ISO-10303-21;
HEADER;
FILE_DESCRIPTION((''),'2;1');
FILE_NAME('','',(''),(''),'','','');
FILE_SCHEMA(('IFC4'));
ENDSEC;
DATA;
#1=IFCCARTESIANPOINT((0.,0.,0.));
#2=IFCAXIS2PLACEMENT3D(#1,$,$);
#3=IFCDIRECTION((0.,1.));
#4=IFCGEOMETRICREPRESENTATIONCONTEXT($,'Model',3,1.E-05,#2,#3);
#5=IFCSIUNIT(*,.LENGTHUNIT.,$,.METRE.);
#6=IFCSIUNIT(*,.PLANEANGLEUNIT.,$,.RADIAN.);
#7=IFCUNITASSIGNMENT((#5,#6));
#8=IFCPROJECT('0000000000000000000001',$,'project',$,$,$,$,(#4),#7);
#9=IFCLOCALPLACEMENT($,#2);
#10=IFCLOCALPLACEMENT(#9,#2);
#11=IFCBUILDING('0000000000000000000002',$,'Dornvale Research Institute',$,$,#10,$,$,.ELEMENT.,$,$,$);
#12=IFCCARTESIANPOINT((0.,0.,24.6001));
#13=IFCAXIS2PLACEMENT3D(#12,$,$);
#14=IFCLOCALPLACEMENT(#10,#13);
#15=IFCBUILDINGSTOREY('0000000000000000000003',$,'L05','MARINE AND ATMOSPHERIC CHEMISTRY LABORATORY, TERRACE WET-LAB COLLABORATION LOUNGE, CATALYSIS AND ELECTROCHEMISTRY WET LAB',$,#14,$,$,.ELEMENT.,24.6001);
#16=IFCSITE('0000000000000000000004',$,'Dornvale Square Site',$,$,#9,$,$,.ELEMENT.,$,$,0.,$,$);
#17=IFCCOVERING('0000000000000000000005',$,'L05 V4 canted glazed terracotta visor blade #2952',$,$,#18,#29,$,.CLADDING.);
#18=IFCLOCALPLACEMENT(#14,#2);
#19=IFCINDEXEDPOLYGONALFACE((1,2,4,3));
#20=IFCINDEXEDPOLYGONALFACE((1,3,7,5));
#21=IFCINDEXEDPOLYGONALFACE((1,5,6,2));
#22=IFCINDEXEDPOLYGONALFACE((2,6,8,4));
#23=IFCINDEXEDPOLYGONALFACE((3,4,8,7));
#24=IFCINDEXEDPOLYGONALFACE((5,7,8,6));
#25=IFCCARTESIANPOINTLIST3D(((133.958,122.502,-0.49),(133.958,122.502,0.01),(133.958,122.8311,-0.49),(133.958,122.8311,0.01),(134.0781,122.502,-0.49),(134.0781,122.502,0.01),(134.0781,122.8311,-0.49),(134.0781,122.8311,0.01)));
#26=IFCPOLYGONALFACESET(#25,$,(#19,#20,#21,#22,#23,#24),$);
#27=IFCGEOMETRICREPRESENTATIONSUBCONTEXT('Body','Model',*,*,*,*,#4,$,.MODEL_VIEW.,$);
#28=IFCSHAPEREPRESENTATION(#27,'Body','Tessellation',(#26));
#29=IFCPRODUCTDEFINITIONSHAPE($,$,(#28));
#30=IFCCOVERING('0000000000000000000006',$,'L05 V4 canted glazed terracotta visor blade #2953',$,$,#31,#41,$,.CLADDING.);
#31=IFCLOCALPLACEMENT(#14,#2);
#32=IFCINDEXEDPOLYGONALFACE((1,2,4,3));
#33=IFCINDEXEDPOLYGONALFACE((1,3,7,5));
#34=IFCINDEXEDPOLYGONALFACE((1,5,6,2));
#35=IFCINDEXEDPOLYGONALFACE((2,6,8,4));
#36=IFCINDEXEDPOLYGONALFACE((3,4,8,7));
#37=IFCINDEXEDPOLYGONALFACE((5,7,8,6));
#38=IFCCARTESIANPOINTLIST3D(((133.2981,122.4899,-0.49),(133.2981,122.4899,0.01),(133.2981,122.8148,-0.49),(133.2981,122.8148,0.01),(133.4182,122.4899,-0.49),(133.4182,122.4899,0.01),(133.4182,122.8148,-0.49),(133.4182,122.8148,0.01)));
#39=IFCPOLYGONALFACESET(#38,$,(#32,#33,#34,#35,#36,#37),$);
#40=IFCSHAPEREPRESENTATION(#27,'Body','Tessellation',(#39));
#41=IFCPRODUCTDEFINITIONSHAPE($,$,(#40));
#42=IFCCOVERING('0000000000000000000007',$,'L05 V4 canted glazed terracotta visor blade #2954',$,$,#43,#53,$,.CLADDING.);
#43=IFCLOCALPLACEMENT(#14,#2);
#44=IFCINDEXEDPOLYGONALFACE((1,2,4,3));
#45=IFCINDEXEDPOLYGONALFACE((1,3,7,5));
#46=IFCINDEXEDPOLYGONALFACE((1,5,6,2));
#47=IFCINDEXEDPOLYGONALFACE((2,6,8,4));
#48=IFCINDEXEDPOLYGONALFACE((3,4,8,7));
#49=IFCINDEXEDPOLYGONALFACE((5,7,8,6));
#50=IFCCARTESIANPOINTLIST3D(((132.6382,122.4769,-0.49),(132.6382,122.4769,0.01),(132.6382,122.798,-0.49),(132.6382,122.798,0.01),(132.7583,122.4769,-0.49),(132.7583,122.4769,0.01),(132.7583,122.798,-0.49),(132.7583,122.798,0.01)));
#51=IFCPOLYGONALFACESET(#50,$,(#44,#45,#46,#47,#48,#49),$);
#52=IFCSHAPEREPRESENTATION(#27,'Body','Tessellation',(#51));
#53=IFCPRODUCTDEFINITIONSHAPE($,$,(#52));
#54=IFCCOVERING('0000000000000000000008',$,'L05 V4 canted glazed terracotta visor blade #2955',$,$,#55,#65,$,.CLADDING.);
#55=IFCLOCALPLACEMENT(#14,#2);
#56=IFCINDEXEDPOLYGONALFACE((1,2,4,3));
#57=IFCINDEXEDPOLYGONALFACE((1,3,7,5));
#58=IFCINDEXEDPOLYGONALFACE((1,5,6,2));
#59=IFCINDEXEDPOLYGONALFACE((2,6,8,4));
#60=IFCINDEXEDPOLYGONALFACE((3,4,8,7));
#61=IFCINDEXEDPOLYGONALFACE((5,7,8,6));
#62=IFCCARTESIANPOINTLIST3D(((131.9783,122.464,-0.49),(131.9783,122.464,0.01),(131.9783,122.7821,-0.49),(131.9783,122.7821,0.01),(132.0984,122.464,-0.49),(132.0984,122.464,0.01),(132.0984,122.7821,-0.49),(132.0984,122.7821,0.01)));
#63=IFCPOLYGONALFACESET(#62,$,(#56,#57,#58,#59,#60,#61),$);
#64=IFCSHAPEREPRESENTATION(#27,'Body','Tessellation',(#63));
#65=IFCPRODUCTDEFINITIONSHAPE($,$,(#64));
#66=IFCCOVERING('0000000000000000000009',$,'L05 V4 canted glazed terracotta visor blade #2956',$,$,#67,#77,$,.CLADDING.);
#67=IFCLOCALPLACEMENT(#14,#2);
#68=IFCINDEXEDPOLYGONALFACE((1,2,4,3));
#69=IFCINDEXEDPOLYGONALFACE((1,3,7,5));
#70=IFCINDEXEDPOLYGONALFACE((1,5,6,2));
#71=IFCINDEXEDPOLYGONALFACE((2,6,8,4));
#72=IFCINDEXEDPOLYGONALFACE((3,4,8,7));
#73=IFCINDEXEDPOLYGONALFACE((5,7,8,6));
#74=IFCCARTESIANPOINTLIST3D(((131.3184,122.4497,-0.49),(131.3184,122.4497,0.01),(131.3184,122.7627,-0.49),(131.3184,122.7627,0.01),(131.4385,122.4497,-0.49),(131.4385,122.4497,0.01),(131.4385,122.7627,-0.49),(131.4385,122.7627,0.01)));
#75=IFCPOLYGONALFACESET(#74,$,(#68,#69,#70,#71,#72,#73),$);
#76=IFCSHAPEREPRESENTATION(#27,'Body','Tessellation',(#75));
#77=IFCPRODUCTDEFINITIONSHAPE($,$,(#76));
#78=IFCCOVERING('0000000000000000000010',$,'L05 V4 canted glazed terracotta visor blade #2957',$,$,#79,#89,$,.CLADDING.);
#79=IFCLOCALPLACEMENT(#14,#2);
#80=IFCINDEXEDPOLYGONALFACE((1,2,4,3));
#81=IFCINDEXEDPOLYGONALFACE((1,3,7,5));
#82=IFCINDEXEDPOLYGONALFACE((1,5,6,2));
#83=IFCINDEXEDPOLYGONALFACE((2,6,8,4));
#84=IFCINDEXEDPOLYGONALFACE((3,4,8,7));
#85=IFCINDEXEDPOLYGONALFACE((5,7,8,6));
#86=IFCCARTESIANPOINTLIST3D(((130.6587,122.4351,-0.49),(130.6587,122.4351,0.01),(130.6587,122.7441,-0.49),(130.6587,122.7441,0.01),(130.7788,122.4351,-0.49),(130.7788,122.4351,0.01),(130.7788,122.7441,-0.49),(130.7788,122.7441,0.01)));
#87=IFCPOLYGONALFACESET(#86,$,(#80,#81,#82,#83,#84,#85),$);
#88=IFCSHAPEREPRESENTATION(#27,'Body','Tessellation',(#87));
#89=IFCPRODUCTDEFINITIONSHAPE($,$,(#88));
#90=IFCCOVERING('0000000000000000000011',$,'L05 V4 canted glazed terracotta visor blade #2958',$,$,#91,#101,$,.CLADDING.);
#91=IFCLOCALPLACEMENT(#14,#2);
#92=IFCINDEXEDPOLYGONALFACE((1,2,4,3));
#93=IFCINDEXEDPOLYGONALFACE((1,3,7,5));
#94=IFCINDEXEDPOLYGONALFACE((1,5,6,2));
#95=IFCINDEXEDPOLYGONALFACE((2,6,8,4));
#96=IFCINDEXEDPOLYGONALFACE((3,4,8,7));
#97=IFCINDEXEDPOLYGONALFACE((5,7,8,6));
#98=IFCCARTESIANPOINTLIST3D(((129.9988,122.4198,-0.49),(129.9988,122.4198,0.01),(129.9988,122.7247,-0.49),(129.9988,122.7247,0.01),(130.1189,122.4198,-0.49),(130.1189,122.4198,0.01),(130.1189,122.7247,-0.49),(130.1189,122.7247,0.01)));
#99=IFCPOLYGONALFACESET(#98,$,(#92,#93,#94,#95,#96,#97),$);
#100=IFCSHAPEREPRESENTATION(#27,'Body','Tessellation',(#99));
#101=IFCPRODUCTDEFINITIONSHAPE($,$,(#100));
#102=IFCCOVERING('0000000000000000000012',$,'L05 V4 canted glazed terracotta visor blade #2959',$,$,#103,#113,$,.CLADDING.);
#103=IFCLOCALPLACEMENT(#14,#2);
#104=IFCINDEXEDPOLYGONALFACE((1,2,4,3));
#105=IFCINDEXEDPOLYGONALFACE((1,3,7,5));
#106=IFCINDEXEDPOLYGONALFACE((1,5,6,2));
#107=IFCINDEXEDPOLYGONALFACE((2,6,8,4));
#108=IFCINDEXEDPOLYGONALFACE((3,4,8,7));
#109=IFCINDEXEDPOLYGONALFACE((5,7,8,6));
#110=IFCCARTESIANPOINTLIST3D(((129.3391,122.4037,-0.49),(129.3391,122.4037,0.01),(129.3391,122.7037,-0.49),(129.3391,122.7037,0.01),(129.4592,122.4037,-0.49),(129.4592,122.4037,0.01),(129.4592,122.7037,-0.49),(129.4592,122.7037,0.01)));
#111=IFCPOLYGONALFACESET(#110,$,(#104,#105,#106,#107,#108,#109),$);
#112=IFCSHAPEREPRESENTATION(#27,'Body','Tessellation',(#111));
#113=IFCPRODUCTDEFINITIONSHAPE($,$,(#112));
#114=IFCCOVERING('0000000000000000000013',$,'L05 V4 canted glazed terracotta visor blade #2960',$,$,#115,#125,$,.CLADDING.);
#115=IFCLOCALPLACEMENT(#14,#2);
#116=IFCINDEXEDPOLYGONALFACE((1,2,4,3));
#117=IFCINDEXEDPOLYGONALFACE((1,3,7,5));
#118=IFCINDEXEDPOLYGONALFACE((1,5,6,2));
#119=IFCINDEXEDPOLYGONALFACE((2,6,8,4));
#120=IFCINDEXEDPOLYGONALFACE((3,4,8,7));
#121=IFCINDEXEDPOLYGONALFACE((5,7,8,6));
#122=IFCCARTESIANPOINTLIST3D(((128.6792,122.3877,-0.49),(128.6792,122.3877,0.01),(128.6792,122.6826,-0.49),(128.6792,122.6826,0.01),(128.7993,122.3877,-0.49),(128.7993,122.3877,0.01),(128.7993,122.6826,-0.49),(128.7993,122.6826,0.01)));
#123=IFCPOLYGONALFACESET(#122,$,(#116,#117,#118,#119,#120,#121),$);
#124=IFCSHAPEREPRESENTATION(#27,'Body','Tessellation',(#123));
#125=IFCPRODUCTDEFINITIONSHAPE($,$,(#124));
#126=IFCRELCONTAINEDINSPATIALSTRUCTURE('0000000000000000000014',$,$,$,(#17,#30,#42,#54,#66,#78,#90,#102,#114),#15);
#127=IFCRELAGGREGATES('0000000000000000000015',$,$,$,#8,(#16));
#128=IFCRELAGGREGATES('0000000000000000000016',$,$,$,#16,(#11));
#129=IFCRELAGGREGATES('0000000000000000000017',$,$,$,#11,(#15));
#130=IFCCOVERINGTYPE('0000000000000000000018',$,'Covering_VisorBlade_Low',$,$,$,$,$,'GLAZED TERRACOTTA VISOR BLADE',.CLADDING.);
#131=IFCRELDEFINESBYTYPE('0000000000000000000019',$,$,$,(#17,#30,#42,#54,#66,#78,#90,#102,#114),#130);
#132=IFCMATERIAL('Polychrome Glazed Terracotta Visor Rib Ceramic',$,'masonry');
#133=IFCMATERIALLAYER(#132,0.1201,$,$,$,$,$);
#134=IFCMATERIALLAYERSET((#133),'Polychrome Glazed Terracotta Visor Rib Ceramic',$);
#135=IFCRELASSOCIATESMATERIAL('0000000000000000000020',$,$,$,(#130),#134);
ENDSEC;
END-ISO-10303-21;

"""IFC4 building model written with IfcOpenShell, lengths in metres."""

from ifc_helpers import new_model, si_unit, direction, frame, origin, origin_2d, place, context, subcontext, project, spatial, rectangle, extrude, material, layer, layer_set, type_object, element, save


model = new_model("IFC4")

# Units and contexts
model_context = context("Model", 3, precision=1e-05, world=origin(), true_north=direction((0.0, 1.0)))
body_context = subcontext(model_context, "Body", "Model", "MODEL_VIEW")
ifc_project = project(units=[si_unit("LENGTHUNIT", "METRE"), si_unit("PLANEANGLEUNIT", "RADIAN")], contexts=[model_context])

# Site, building, storey
site_placement = place(None, origin())
site = spatial("IfcSite", under=ifc_project, at=site_placement, Name="Dornvale Square Site", CompositionType="ELEMENT", RefElevation=0.0)
building_placement = place(site_placement, origin())
building = spatial("IfcBuilding", under=site, at=building_placement, Name="Dornvale Research Institute", CompositionType="ELEMENT")
storey_placement = place(building_placement, frame((0.0, 0.0, 24.6001)))
storey = spatial("IfcBuildingStorey", under=building, at=storey_placement, Name="L05", Description="MARINE AND ATMOSPHERIC CHEMISTRY LABORATORY, TERRACE WET-LAB COLLABORATION LOUNGE, CATALYSIS AND ELECTROCHEMISTRY WET LAB", CompositionType="ELEMENT", Elevation=24.6001)

# Coverings
ifc_material_1 = material(Name="Polychrome Glazed Terracotta Visor Rib Ceramic", Category="masonry")
ifc_layer_1 = layer(ifc_material_1, 0.1201)
ifc_layer_set_1 = layer_set([ifc_layer_1], Name="Polychrome Glazed Terracotta Visor Rib Ceramic")
covering_type = type_object("IfcCoveringType", Name="Covering_VisorBlade_Low", ElementType="GLAZED TERRACOTTA VISOR BLADE", PredefinedType="CLADDING", material=ifc_layer_set_1)
covering_1_placement = place(storey_placement, frame((134.0181, 122.6665, -0.49), z_axis=(0.0, 0.0, 1.0), x_axis=(0.0, 1.0, 0.0)))
element("IfcCovering", 1, at=covering_1_placement, inside=storey, type_object=covering_type, Name="L05 V4 canted glazed terracotta visor blade #2952", PredefinedType="CLADDING", context=body_context, shape_type="SweptSolid", body=[
    extrude(rectangle(XDim=0.3291, YDim=0.1201, at=origin_2d()), origin(), (0.0, 0.0, 1.0), 0.5),
])
covering_2_placement = place(storey_placement, frame((133.3582, 122.6523, -0.49), z_axis=(0.0, 0.0, 1.0), x_axis=(0.0, 1.0, 0.0)))
element("IfcCovering", 2, at=covering_2_placement, inside=storey, type_object=covering_type, Name="L05 V4 canted glazed terracotta visor blade #2953", PredefinedType="CLADDING", context=body_context, shape_type="SweptSolid", body=[
    extrude(rectangle(XDim=0.325, YDim=0.1201, at=origin_2d()), origin(), (0.0, 0.0, 1.0), 0.5),
])
covering_3_placement = place(storey_placement, frame((132.6982, 122.6375, -0.49), z_axis=(0.0, 0.0, 1.0), x_axis=(0.0, 1.0, 0.0)))
element("IfcCovering", 3, at=covering_3_placement, inside=storey, type_object=covering_type, Name="L05 V4 canted glazed terracotta visor blade #2954", PredefinedType="CLADDING", context=body_context, shape_type="SweptSolid", body=[
    extrude(rectangle(XDim=0.321, YDim=0.1201, at=origin_2d()), origin(), (0.0, 0.0, 1.0), 0.5),
])
covering_4_placement = place(storey_placement, frame((132.0383, 122.623, -0.49), z_axis=(0.0, 0.0, 1.0), x_axis=(0.0, 1.0, 0.0)))
element("IfcCovering", 4, at=covering_4_placement, inside=storey, type_object=covering_type, Name="L05 V4 canted glazed terracotta visor blade #2955", PredefinedType="CLADDING", context=body_context, shape_type="SweptSolid", body=[
    extrude(rectangle(XDim=0.3181, YDim=0.1201, at=origin_2d()), origin(), (0.0, 0.0, 1.0), 0.5),
])
covering_5_placement = place(storey_placement, frame((131.3784, 122.6062, -0.49), z_axis=(0.0, 0.0, 1.0), x_axis=(0.0, 1.0, 0.0)))
element("IfcCovering", 5, at=covering_5_placement, inside=storey, type_object=covering_type, Name="L05 V4 canted glazed terracotta visor blade #2956", PredefinedType="CLADDING", context=body_context, shape_type="SweptSolid", body=[
    extrude(rectangle(XDim=0.313, YDim=0.1201, at=origin_2d()), origin(), (0.0, 0.0, 1.0), 0.5),
])
covering_6_placement = place(storey_placement, frame((130.7188, 122.5896, -0.49), z_axis=(0.0, 0.0, 1.0), x_axis=(0.0, 1.0, 0.0)))
element("IfcCovering", 6, at=covering_6_placement, inside=storey, type_object=covering_type, Name="L05 V4 canted glazed terracotta visor blade #2957", PredefinedType="CLADDING", context=body_context, shape_type="SweptSolid", body=[
    extrude(rectangle(XDim=0.3091, YDim=0.1201, at=origin_2d()), origin(), (0.0, 0.0, 1.0), 0.5),
])
covering_7_placement = place(storey_placement, frame((130.0588, 122.5723, -0.49), z_axis=(0.0, 0.0, 1.0), x_axis=(0.0, 1.0, 0.0)))
element("IfcCovering", 7, at=covering_7_placement, inside=storey, type_object=covering_type, Name="L05 V4 canted glazed terracotta visor blade #2958", PredefinedType="CLADDING", context=body_context, shape_type="SweptSolid", body=[
    extrude(rectangle(XDim=0.3049, YDim=0.1201, at=origin_2d()), origin(), (0.0, 0.0, 1.0), 0.5),
])
covering_8_placement = place(storey_placement, frame((129.3992, 122.5537, -0.49), z_axis=(0.0, 0.0, 1.0), x_axis=(0.0, 1.0, 0.0)))
element("IfcCovering", 8, at=covering_8_placement, inside=storey, type_object=covering_type, Name="L05 V4 canted glazed terracotta visor blade #2959", PredefinedType="CLADDING", context=body_context, shape_type="SweptSolid", body=[
    extrude(rectangle(XDim=0.3, YDim=0.1201, at=origin_2d()), origin(), (0.0, 0.0, 1.0), 0.5),
])
covering_9_placement = place(storey_placement, frame((128.7393, 122.5352, -0.49), z_axis=(0.0, 0.0, 1.0), x_axis=(0.0, 1.0, 0.0)))
element("IfcCovering", 9, at=covering_9_placement, inside=storey, type_object=covering_type, Name="L05 V4 canted glazed terracotta visor blade #2960", PredefinedType="CLADDING", context=body_context, shape_type="SweptSolid", body=[
    extrude(rectangle(XDim=0.2949, YDim=0.1201, at=origin_2d()), origin(), (0.0, 0.0, 1.0), 0.5),
])

save(model, "model.ifc")
